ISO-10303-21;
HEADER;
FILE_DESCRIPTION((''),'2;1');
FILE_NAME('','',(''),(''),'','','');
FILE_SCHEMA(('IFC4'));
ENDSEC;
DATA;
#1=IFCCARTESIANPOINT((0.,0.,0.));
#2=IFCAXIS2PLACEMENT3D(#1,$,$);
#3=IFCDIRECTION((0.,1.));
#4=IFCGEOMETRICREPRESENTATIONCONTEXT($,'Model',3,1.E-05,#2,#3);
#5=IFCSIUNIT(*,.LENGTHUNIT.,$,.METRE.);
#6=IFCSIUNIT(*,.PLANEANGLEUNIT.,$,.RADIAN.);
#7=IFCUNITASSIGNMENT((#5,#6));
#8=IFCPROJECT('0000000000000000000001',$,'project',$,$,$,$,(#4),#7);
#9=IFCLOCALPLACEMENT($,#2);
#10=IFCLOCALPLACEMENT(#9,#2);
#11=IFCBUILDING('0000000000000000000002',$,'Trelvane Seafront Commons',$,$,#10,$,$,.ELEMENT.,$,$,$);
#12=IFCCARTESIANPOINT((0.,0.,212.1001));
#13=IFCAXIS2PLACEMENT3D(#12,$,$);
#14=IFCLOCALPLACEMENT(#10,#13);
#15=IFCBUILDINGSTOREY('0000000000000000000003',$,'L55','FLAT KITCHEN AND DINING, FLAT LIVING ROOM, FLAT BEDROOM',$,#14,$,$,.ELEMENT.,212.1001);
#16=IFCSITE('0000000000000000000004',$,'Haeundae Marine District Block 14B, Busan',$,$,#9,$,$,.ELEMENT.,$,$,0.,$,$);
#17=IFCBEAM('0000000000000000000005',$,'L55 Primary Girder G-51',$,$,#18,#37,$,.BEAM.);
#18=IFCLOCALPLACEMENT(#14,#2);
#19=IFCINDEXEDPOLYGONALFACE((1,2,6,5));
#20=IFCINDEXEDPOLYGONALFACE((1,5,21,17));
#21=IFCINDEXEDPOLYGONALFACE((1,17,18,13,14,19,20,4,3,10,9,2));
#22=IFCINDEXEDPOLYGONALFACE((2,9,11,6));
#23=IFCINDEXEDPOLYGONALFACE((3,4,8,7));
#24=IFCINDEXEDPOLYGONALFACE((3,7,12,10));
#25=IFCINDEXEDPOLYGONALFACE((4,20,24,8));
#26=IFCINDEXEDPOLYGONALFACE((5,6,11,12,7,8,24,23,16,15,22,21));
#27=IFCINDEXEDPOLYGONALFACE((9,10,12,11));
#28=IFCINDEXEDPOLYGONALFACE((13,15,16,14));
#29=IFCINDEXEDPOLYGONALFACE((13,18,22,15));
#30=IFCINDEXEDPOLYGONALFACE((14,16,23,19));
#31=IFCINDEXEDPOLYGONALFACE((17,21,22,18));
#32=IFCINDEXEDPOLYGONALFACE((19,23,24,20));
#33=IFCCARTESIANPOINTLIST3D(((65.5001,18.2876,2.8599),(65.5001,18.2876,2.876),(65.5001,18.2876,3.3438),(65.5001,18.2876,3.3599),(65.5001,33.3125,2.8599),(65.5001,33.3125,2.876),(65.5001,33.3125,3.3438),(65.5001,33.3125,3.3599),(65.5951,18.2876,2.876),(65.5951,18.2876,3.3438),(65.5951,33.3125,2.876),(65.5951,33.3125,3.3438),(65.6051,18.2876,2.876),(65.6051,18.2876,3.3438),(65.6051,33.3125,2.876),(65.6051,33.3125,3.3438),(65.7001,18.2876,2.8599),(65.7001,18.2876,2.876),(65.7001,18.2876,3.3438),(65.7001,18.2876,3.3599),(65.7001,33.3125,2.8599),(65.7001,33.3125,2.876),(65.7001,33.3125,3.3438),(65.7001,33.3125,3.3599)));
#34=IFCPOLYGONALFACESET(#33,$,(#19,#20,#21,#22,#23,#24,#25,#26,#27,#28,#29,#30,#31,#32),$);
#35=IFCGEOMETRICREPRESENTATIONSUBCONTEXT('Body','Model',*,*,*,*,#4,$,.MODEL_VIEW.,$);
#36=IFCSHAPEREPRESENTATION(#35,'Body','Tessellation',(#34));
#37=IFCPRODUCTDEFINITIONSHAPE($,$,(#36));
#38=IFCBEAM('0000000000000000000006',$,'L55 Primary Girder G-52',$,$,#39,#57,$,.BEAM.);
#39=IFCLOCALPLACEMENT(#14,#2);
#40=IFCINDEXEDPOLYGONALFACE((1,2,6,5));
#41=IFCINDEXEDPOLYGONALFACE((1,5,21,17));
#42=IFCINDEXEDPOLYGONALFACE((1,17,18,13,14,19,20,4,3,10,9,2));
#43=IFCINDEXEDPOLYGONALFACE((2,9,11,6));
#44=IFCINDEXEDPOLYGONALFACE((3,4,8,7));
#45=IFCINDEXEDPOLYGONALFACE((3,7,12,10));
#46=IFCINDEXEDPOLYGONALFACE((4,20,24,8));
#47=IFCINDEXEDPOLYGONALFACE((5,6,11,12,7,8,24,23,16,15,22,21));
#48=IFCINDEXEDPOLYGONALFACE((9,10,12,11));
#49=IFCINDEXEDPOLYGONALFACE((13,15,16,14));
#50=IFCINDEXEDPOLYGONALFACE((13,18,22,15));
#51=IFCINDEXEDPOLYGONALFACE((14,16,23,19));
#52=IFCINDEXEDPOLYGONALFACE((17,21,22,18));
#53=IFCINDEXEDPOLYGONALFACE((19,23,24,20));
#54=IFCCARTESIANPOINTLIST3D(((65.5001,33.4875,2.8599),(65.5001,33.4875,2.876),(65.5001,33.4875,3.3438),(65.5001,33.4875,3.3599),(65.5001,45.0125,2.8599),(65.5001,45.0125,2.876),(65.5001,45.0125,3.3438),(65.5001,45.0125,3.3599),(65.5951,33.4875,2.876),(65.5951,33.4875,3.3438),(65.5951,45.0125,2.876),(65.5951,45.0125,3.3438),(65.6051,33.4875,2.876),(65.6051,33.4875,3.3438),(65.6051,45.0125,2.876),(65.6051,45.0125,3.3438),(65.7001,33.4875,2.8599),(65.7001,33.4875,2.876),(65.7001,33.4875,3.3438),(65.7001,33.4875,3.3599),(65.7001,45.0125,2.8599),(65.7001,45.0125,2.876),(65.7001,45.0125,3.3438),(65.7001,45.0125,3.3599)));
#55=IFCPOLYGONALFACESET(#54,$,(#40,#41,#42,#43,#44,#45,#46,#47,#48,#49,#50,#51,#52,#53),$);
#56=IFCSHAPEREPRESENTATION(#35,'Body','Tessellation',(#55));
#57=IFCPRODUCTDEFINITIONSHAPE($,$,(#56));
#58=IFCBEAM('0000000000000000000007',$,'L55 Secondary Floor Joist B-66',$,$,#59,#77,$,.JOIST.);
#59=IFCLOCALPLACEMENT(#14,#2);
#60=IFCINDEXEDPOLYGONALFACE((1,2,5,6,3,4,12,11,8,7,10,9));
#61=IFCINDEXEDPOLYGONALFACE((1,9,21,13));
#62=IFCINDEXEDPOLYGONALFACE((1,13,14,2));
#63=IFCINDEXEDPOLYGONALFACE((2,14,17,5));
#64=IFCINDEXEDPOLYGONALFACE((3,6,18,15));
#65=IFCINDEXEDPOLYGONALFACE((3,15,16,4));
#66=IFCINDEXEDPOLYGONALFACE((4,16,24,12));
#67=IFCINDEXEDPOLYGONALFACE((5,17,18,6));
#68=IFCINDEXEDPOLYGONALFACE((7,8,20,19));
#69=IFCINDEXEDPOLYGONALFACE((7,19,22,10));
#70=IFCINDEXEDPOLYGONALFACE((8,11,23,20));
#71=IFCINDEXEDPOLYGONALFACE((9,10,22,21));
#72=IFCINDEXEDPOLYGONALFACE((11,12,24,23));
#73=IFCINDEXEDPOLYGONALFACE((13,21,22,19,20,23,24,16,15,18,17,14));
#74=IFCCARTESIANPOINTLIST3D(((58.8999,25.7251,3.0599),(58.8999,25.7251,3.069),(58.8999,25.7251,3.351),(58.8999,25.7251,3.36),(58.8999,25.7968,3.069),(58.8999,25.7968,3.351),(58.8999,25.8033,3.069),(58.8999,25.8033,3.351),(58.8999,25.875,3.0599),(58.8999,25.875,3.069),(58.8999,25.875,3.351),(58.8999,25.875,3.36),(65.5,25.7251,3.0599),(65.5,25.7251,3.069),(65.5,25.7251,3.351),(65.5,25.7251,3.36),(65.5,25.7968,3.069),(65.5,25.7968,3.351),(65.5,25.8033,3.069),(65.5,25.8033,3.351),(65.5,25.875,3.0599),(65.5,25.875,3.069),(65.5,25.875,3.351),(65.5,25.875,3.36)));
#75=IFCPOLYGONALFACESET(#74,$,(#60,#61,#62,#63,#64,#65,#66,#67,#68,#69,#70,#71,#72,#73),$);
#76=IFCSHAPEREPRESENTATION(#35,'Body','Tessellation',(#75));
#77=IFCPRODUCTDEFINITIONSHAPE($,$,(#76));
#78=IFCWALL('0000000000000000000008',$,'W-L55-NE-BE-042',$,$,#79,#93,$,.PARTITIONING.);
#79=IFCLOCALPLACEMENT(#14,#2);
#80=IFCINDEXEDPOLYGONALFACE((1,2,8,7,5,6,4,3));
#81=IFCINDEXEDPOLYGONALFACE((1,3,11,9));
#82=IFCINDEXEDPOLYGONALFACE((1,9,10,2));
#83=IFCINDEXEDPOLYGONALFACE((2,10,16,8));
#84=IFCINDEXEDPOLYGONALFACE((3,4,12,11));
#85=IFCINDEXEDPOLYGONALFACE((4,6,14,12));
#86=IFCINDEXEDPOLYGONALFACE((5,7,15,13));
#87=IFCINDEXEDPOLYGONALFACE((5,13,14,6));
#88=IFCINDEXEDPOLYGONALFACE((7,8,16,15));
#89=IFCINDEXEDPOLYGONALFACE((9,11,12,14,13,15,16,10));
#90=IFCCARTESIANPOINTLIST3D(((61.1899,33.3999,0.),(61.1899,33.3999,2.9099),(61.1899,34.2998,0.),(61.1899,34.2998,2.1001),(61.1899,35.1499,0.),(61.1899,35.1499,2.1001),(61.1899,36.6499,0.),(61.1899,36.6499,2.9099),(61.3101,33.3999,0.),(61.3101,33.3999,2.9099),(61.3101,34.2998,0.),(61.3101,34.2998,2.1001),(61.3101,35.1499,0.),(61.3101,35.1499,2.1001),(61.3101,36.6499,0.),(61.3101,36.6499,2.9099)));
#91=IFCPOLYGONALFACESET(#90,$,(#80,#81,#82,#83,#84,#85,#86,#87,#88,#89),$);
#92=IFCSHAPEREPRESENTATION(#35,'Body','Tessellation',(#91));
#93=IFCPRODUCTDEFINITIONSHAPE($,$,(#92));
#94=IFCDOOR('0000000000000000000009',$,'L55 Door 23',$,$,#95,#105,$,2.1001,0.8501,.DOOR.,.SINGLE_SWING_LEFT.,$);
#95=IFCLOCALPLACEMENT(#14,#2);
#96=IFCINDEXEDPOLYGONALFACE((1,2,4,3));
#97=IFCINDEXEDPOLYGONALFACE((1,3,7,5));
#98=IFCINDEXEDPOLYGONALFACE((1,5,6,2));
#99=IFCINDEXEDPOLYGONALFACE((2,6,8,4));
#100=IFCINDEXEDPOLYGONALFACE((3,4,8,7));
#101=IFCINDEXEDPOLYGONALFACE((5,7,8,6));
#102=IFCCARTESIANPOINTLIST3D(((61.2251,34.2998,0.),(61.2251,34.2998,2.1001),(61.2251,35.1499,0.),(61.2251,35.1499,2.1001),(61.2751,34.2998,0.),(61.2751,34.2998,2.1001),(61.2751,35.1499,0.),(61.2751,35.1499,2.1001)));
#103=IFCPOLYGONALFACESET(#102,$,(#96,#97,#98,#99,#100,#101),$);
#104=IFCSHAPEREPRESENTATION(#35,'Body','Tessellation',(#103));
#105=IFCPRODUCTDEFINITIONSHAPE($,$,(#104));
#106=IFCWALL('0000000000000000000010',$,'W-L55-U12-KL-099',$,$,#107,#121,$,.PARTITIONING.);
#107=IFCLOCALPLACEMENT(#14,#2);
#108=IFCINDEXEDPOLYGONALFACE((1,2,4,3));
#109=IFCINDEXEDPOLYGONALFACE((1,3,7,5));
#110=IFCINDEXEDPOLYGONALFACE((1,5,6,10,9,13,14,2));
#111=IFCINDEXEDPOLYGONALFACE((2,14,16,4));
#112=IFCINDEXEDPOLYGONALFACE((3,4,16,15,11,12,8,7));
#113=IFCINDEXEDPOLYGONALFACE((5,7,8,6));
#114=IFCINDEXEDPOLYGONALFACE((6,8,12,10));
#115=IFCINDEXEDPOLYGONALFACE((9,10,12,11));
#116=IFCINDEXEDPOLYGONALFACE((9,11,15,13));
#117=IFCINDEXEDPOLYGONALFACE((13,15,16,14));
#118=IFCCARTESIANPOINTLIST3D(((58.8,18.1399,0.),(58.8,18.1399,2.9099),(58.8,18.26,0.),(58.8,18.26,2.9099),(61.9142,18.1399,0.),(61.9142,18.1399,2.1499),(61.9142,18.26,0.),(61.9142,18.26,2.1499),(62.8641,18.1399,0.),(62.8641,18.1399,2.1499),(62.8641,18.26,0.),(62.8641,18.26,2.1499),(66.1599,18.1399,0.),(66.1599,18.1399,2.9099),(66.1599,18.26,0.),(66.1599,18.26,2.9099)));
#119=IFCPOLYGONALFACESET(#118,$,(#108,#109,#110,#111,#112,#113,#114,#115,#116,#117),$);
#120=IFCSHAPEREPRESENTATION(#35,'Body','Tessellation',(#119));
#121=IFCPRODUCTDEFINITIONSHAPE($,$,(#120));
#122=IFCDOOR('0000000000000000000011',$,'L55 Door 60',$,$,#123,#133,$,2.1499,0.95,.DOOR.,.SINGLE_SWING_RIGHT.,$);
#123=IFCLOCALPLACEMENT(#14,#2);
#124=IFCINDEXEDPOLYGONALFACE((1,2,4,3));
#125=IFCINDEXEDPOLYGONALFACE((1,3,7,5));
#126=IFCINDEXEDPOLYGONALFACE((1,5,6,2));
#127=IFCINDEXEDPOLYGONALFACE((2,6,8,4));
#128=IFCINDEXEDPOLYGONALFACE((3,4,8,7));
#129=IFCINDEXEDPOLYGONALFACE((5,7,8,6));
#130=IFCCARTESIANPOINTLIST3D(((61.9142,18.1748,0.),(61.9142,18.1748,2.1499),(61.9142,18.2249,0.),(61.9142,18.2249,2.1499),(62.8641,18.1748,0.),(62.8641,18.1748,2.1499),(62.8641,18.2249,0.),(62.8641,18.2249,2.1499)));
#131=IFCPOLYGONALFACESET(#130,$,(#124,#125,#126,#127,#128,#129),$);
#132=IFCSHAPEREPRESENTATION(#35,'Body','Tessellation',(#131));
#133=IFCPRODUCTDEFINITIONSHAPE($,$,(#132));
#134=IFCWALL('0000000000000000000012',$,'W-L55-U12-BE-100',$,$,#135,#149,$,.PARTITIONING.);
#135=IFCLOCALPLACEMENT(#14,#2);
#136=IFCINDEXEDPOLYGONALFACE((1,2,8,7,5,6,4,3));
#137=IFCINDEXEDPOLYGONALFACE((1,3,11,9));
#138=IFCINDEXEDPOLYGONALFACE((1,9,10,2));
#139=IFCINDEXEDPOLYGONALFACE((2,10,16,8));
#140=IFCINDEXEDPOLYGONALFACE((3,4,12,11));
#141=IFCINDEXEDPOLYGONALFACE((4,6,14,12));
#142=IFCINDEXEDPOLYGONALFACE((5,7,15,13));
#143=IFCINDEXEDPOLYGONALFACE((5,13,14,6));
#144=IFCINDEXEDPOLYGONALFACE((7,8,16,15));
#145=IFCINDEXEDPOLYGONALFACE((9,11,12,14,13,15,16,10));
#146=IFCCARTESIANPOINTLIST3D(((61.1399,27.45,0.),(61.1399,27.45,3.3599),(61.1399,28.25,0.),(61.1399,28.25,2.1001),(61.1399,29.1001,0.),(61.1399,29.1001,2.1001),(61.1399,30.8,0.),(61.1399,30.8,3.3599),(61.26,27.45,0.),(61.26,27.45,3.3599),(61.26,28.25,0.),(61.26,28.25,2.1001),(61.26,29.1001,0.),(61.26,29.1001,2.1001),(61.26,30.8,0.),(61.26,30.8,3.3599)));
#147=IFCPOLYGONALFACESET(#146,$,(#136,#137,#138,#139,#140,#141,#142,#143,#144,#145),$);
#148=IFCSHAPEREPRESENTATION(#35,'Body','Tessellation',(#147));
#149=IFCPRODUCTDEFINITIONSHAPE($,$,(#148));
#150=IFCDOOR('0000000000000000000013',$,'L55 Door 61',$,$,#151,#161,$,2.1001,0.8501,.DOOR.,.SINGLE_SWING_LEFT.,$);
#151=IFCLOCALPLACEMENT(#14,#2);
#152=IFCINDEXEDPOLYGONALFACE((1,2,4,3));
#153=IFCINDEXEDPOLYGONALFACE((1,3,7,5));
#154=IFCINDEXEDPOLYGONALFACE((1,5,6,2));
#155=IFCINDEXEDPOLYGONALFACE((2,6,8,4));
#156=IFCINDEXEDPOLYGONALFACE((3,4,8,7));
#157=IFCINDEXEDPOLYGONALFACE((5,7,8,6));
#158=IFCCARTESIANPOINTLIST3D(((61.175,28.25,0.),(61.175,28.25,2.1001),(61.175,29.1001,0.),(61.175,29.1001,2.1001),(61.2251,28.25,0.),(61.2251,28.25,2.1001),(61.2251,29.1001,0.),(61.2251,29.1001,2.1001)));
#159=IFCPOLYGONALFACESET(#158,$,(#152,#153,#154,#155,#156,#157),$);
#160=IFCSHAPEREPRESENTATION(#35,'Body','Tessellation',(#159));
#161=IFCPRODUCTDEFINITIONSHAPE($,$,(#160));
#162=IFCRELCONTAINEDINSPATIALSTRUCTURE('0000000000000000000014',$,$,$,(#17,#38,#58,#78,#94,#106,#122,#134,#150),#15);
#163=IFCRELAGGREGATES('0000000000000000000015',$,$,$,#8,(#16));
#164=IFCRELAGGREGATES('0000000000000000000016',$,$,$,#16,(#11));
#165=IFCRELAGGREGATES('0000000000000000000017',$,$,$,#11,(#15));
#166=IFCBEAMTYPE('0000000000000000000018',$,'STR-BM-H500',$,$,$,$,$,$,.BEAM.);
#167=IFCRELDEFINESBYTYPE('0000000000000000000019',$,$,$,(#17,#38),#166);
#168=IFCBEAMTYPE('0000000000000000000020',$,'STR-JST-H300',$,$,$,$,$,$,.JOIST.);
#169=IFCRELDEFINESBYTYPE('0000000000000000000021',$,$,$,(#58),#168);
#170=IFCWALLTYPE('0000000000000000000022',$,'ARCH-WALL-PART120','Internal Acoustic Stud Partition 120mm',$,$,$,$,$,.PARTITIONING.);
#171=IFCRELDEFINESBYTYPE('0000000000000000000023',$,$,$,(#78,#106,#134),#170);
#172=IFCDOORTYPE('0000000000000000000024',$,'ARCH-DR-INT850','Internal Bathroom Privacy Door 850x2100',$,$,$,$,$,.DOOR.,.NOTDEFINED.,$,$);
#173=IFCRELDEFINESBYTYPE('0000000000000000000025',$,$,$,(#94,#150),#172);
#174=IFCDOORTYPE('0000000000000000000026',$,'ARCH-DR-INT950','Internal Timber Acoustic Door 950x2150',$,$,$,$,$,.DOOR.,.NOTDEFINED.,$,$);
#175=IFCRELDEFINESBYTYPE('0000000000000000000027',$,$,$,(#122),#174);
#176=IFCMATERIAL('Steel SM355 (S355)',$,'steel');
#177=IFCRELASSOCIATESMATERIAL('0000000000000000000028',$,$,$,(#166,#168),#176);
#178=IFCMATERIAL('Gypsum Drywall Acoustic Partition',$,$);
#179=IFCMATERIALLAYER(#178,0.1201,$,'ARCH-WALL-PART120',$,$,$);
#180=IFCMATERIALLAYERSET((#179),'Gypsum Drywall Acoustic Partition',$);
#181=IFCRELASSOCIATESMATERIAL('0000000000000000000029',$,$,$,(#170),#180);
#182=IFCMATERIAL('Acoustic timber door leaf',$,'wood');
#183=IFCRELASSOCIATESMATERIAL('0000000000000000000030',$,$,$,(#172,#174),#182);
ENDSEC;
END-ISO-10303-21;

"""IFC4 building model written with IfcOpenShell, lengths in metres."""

from ifc_helpers import new_model, si_unit, direction, frame, frame_2d, origin, origin_2d, place, context, subcontext, project, spatial, rectangle, i_section, extrude, source, transform, mapped, material, layer, layer_set, material_profile, profile_set, type_object, element, fill, save


model = new_model("IFC4")

# Units and contexts
model_context = context("Model", 3, precision=1e-05, world=origin(), true_north=direction((0.0, 1.0)))
body_context = subcontext(model_context, "Body", "Model", "MODEL_VIEW")
ifc_project = project(units=[si_unit("LENGTHUNIT", "METRE"), si_unit("PLANEANGLEUNIT", "RADIAN")], contexts=[model_context])

# Site, building, storey
site_placement = place(None, origin())
site = spatial("IfcSite", under=ifc_project, at=site_placement, Name="Haeundae Marine District Block 14B, Busan", CompositionType="ELEMENT", RefElevation=0.0)
building_placement = place(site_placement, origin())
building = spatial("IfcBuilding", under=site, at=building_placement, Name="Trelvane Seafront Commons", CompositionType="ELEMENT")
storey_placement = place(building_placement, frame((0.0, 0.0, 212.1001)))
storey = spatial("IfcBuildingStorey", under=building, at=storey_placement, Name="L55", Description="FLAT KITCHEN AND DINING, FLAT LIVING ROOM, FLAT BEDROOM", CompositionType="ELEMENT", Elevation=212.1001)

# Shared definitions
ifc_material_1 = material(Name="Steel SM355 (S355)", Category="steel")

# Beams
ifc_material_profile_1 = material_profile(ifc_material_1, i_section(OverallWidth=0.2, OverallDepth=0.5, WebThickness=0.01, FlangeThickness=0.0161, at=origin_2d()), Name="H-500x200x10x16")
ifc_profile_set_1 = profile_set([ifc_material_profile_1], Name="Steel SM355 (S355)")
beam_type_1 = type_object("IfcBeamType", Name="STR-BM-H500", PredefinedType="BEAM", material=ifc_profile_set_1)
shared_shape_1 = source(origin(), body_context, "Body", "SweptSolid", [
    extrude(i_section(OverallWidth=0.2, OverallDepth=0.5, WebThickness=0.01, FlangeThickness=0.0161, at=origin_2d()), origin(), (0.0, 0.0, 1.0), 15.0249),
])
beam_1_placement = place(storey_placement, frame((65.6001, 18.2876, 3.1099), z_axis=(0.0, 1.0, 0.0), x_axis=(-1.0, 0.0, 0.0)))
element("IfcBeam", 1, at=beam_1_placement, inside=storey, type_object=beam_type_1, Name="L55 Primary Girder G-51", PredefinedType="BEAM", context=body_context, shape_type="MappedRepresentation", body=[
    mapped(shared_shape_1, transform((0.0, 0.0, 0.0), x_axis=(1.0, 0.0, 0.0), y_axis=(0.0, 1.0, 0.0), z_axis=(0.0, 0.0, 1.0), scale=1.0)),
])
shared_shape_2 = source(origin(), body_context, "Body", "SweptSolid", [
    extrude(i_section(OverallWidth=0.2, OverallDepth=0.5, WebThickness=0.01, FlangeThickness=0.0161, at=origin_2d()), origin(), (0.0, 0.0, 1.0), 11.5249),
])
beam_2_placement = place(storey_placement, frame((65.6001, 33.4875, 3.1099), z_axis=(0.0, 1.0, 0.0), x_axis=(-1.0, 0.0, 0.0)))
element("IfcBeam", 2, at=beam_2_placement, inside=storey, type_object=beam_type_1, Name="L55 Primary Girder G-52", PredefinedType="BEAM", context=body_context, shape_type="MappedRepresentation", body=[
    mapped(shared_shape_2, transform((0.0, 0.0, 0.0), x_axis=(1.0, 0.0, 0.0), y_axis=(0.0, 1.0, 0.0), z_axis=(0.0, 0.0, 1.0), scale=1.0)),
])
ifc_material_profile_2 = material_profile(ifc_material_1, i_section(OverallWidth=0.1499, OverallDepth=0.3, WebThickness=0.0066, FlangeThickness=0.009, at=origin_2d()), Name="H-300x150x6.5x9")
ifc_profile_set_2 = profile_set([ifc_material_profile_2], Name="Steel SM355 (S355)")
beam_type_2 = type_object("IfcBeamType", Name="STR-JST-H300", PredefinedType="JOIST", material=ifc_profile_set_2)
shared_shape_3 = source(origin(), body_context, "Body", "SweptSolid", [
    extrude(i_section(OverallWidth=0.1499, OverallDepth=0.3, WebThickness=0.0066, FlangeThickness=0.009, at=origin_2d()), origin(), (0.0, 0.0, 1.0), 6.6001),
])
beam_3_placement = place(storey_placement, frame((58.8999, 25.8, 3.21), z_axis=(1.0, 0.0, 0.0), x_axis=(0.0, 1.0, 0.0)))
element("IfcBeam", 3, at=beam_3_placement, inside=storey, type_object=beam_type_2, Name="L55 Secondary Floor Joist B-66", PredefinedType="JOIST", context=body_context, shape_type="MappedRepresentation", body=[
    mapped(shared_shape_3, transform((0.0, 0.0, 0.0), x_axis=(1.0, 0.0, 0.0), y_axis=(0.0, 1.0, 0.0), z_axis=(0.0, 0.0, 1.0), scale=1.0)),
])

# Walls, openings, doors
ifc_material_2 = material(Name="Gypsum Drywall Acoustic Partition")
ifc_layer_1 = layer(ifc_material_2, 0.1201, Name="ARCH-WALL-PART120")
ifc_layer_set_1 = layer_set([ifc_layer_1], Name="Gypsum Drywall Acoustic Partition")
wall_type_1 = type_object("IfcWallType", Name="ARCH-WALL-PART120", Description="Internal Acoustic Stud Partition 120mm", PredefinedType="PARTITIONING", material=ifc_layer_set_1)
wall_1_placement = place(storey_placement, frame((61.25, 33.3999, 0.0), z_axis=(0.0, 0.0, 1.0), x_axis=(0.0, 1.0, 0.0)))
wall_1 = element("IfcWall", 4, at=wall_1_placement, inside=storey, type_object=wall_type_1, Name="W-L55-NE-BE-042", PredefinedType="PARTITIONING", context=body_context, shape_type="SweptSolid", body=[
    extrude(rectangle(XDim=3.25, YDim=0.1201, at=frame_2d((1.625, 0.0))), origin(), (0.0, 0.0, 1.0), 2.9099),
])
opening_1_placement = place(wall_1_placement, frame((0.8999, 0.0, 0.0)))
opening_1 = element("IfcOpeningElement", 5, at=opening_1_placement, cuts=wall_1, PredefinedType="OPENING", context=body_context, shape_type="SweptSolid", body=[
    extrude(rectangle(XDim=0.8501, YDim=2.1001, at=frame_2d((0.425, 1.05))), frame((0.0, 0.0701, 0.0), z_axis=(0.0, -1.0, 0.0), x_axis=(1.0, 0.0, 0.0)), (0.0, 0.0, 1.0), 0.1401),
])
ifc_material_3 = material(Name="Acoustic timber door leaf", Category="wood")
door_type_1 = type_object("IfcDoorType", Name="ARCH-DR-INT850", Description="Internal Bathroom Privacy Door 850x2100", OperationType="NOTDEFINED", PredefinedType="DOOR", material=ifc_material_3)
shared_shape_4 = source(origin(), body_context, "Body", "SweptSolid", [
    extrude(rectangle(XDim=0.8501, YDim=2.1001, at=frame_2d((0.425, 1.05))), frame((0.0, 0.0249, 0.0), z_axis=(0.0, -1.0, 0.0), x_axis=(1.0, 0.0, 0.0)), (0.0, 0.0, 1.0), 0.05),
])
door_1_placement = place(opening_1_placement, origin())
door_1 = element("IfcDoor", 6, at=door_1_placement, inside=storey, type_object=door_type_1, Name="L55 Door 23", OperationType="SINGLE_SWING_LEFT", OverallHeight=2.1001, OverallWidth=0.8501, PredefinedType="DOOR", context=body_context, shape_type="MappedRepresentation", body=[
    mapped(shared_shape_4, transform((0.0, 0.0, 0.0), x_axis=(1.0, 0.0, 0.0), y_axis=(0.0, 1.0, 0.0), z_axis=(0.0, 0.0, 1.0), scale=1.0)),
])
fill(opening_1, door_1)
door_type_2 = type_object("IfcDoorType", Name="ARCH-DR-INT950", Description="Internal Timber Acoustic Door 950x2150", OperationType="NOTDEFINED", PredefinedType="DOOR", material=ifc_material_3)
shared_shape_5 = source(origin(), body_context, "Body", "SweptSolid", [
    extrude(rectangle(XDim=0.95, YDim=2.1499, at=frame_2d((0.4751, 1.075))), frame((0.0, 0.0249, 0.0), z_axis=(0.0, -1.0, 0.0), x_axis=(1.0, 0.0, 0.0)), (0.0, 0.0, 1.0), 0.05),
])
wall_2_placement = place(storey_placement, frame((58.8, 18.2, 0.0), z_axis=(0.0, 0.0, 1.0), x_axis=(1.0, 0.0, 0.0)))
wall_2 = element("IfcWall", 7, at=wall_2_placement, inside=storey, type_object=wall_type_1, Name="W-L55-U12-KL-099", PredefinedType="PARTITIONING", context=body_context, shape_type="SweptSolid", body=[
    extrude(rectangle(XDim=7.3599, YDim=0.1201, at=frame_2d((3.6799, 0.0))), origin(), (0.0, 0.0, 1.0), 2.9099),
])
opening_2_placement = place(wall_2_placement, frame((3.114, 0.0, 0.0)))
opening_2 = element("IfcOpeningElement", 8, at=opening_2_placement, cuts=wall_2, PredefinedType="OPENING", context=body_context, shape_type="SweptSolid", body=[
    extrude(rectangle(XDim=0.95, YDim=2.1499, at=frame_2d((0.4751, 1.075))), frame((0.0, 0.0701, 0.0), z_axis=(0.0, -1.0, 0.0), x_axis=(1.0, 0.0, 0.0)), (0.0, 0.0, 1.0), 0.1401),
])
door_2_placement = place(opening_2_placement, origin())
door_2 = element("IfcDoor", 9, at=door_2_placement, inside=storey, type_object=door_type_2, Name="L55 Door 60", OperationType="SINGLE_SWING_RIGHT", OverallHeight=2.1499, OverallWidth=0.95, PredefinedType="DOOR", context=body_context, shape_type="MappedRepresentation", body=[
    mapped(shared_shape_5, transform((0.0, 0.0, 0.0), x_axis=(1.0, 0.0, 0.0), y_axis=(0.0, 1.0, 0.0), z_axis=(0.0, 0.0, 1.0), scale=1.0)),
])
fill(opening_2, door_2)
wall_3_placement = place(storey_placement, frame((61.2, 27.45, 0.0), z_axis=(0.0, 0.0, 1.0), x_axis=(0.0, 1.0, 0.0)))
wall_3 = element("IfcWall", 10, at=wall_3_placement, inside=storey, type_object=wall_type_1, Name="W-L55-U12-BE-100", PredefinedType="PARTITIONING", context=body_context, shape_type="SweptSolid", body=[
    extrude(rectangle(XDim=3.3501, YDim=0.1201, at=frame_2d((1.675, 0.0))), origin(), (0.0, 0.0, 1.0), 3.3599),
])
opening_3_placement = place(wall_3_placement, frame((0.8, 0.0, 0.0)))
opening_3 = element("IfcOpeningElement", 11, at=opening_3_placement, cuts=wall_3, PredefinedType="OPENING", context=body_context, shape_type="SweptSolid", body=[
    extrude(rectangle(XDim=0.8501, YDim=2.1001, at=frame_2d((0.425, 1.05))), frame((0.0, 0.0701, 0.0), z_axis=(0.0, -1.0, 0.0), x_axis=(1.0, 0.0, 0.0)), (0.0, 0.0, 1.0), 0.1401),
])
door_3_placement = place(opening_3_placement, origin())
door_3 = element("IfcDoor", 12, at=door_3_placement, inside=storey, type_object=door_type_1, Name="L55 Door 61", OperationType="SINGLE_SWING_LEFT", OverallHeight=2.1001, OverallWidth=0.8501, PredefinedType="DOOR", context=body_context, shape_type="MappedRepresentation", body=[
    mapped(shared_shape_4, transform((0.0, 0.0, 0.0), x_axis=(1.0, 0.0, 0.0), y_axis=(0.0, 1.0, 0.0), z_axis=(0.0, 0.0, 1.0), scale=1.0)),
])
fill(opening_3, door_3)

save(model, "model.ifc")
